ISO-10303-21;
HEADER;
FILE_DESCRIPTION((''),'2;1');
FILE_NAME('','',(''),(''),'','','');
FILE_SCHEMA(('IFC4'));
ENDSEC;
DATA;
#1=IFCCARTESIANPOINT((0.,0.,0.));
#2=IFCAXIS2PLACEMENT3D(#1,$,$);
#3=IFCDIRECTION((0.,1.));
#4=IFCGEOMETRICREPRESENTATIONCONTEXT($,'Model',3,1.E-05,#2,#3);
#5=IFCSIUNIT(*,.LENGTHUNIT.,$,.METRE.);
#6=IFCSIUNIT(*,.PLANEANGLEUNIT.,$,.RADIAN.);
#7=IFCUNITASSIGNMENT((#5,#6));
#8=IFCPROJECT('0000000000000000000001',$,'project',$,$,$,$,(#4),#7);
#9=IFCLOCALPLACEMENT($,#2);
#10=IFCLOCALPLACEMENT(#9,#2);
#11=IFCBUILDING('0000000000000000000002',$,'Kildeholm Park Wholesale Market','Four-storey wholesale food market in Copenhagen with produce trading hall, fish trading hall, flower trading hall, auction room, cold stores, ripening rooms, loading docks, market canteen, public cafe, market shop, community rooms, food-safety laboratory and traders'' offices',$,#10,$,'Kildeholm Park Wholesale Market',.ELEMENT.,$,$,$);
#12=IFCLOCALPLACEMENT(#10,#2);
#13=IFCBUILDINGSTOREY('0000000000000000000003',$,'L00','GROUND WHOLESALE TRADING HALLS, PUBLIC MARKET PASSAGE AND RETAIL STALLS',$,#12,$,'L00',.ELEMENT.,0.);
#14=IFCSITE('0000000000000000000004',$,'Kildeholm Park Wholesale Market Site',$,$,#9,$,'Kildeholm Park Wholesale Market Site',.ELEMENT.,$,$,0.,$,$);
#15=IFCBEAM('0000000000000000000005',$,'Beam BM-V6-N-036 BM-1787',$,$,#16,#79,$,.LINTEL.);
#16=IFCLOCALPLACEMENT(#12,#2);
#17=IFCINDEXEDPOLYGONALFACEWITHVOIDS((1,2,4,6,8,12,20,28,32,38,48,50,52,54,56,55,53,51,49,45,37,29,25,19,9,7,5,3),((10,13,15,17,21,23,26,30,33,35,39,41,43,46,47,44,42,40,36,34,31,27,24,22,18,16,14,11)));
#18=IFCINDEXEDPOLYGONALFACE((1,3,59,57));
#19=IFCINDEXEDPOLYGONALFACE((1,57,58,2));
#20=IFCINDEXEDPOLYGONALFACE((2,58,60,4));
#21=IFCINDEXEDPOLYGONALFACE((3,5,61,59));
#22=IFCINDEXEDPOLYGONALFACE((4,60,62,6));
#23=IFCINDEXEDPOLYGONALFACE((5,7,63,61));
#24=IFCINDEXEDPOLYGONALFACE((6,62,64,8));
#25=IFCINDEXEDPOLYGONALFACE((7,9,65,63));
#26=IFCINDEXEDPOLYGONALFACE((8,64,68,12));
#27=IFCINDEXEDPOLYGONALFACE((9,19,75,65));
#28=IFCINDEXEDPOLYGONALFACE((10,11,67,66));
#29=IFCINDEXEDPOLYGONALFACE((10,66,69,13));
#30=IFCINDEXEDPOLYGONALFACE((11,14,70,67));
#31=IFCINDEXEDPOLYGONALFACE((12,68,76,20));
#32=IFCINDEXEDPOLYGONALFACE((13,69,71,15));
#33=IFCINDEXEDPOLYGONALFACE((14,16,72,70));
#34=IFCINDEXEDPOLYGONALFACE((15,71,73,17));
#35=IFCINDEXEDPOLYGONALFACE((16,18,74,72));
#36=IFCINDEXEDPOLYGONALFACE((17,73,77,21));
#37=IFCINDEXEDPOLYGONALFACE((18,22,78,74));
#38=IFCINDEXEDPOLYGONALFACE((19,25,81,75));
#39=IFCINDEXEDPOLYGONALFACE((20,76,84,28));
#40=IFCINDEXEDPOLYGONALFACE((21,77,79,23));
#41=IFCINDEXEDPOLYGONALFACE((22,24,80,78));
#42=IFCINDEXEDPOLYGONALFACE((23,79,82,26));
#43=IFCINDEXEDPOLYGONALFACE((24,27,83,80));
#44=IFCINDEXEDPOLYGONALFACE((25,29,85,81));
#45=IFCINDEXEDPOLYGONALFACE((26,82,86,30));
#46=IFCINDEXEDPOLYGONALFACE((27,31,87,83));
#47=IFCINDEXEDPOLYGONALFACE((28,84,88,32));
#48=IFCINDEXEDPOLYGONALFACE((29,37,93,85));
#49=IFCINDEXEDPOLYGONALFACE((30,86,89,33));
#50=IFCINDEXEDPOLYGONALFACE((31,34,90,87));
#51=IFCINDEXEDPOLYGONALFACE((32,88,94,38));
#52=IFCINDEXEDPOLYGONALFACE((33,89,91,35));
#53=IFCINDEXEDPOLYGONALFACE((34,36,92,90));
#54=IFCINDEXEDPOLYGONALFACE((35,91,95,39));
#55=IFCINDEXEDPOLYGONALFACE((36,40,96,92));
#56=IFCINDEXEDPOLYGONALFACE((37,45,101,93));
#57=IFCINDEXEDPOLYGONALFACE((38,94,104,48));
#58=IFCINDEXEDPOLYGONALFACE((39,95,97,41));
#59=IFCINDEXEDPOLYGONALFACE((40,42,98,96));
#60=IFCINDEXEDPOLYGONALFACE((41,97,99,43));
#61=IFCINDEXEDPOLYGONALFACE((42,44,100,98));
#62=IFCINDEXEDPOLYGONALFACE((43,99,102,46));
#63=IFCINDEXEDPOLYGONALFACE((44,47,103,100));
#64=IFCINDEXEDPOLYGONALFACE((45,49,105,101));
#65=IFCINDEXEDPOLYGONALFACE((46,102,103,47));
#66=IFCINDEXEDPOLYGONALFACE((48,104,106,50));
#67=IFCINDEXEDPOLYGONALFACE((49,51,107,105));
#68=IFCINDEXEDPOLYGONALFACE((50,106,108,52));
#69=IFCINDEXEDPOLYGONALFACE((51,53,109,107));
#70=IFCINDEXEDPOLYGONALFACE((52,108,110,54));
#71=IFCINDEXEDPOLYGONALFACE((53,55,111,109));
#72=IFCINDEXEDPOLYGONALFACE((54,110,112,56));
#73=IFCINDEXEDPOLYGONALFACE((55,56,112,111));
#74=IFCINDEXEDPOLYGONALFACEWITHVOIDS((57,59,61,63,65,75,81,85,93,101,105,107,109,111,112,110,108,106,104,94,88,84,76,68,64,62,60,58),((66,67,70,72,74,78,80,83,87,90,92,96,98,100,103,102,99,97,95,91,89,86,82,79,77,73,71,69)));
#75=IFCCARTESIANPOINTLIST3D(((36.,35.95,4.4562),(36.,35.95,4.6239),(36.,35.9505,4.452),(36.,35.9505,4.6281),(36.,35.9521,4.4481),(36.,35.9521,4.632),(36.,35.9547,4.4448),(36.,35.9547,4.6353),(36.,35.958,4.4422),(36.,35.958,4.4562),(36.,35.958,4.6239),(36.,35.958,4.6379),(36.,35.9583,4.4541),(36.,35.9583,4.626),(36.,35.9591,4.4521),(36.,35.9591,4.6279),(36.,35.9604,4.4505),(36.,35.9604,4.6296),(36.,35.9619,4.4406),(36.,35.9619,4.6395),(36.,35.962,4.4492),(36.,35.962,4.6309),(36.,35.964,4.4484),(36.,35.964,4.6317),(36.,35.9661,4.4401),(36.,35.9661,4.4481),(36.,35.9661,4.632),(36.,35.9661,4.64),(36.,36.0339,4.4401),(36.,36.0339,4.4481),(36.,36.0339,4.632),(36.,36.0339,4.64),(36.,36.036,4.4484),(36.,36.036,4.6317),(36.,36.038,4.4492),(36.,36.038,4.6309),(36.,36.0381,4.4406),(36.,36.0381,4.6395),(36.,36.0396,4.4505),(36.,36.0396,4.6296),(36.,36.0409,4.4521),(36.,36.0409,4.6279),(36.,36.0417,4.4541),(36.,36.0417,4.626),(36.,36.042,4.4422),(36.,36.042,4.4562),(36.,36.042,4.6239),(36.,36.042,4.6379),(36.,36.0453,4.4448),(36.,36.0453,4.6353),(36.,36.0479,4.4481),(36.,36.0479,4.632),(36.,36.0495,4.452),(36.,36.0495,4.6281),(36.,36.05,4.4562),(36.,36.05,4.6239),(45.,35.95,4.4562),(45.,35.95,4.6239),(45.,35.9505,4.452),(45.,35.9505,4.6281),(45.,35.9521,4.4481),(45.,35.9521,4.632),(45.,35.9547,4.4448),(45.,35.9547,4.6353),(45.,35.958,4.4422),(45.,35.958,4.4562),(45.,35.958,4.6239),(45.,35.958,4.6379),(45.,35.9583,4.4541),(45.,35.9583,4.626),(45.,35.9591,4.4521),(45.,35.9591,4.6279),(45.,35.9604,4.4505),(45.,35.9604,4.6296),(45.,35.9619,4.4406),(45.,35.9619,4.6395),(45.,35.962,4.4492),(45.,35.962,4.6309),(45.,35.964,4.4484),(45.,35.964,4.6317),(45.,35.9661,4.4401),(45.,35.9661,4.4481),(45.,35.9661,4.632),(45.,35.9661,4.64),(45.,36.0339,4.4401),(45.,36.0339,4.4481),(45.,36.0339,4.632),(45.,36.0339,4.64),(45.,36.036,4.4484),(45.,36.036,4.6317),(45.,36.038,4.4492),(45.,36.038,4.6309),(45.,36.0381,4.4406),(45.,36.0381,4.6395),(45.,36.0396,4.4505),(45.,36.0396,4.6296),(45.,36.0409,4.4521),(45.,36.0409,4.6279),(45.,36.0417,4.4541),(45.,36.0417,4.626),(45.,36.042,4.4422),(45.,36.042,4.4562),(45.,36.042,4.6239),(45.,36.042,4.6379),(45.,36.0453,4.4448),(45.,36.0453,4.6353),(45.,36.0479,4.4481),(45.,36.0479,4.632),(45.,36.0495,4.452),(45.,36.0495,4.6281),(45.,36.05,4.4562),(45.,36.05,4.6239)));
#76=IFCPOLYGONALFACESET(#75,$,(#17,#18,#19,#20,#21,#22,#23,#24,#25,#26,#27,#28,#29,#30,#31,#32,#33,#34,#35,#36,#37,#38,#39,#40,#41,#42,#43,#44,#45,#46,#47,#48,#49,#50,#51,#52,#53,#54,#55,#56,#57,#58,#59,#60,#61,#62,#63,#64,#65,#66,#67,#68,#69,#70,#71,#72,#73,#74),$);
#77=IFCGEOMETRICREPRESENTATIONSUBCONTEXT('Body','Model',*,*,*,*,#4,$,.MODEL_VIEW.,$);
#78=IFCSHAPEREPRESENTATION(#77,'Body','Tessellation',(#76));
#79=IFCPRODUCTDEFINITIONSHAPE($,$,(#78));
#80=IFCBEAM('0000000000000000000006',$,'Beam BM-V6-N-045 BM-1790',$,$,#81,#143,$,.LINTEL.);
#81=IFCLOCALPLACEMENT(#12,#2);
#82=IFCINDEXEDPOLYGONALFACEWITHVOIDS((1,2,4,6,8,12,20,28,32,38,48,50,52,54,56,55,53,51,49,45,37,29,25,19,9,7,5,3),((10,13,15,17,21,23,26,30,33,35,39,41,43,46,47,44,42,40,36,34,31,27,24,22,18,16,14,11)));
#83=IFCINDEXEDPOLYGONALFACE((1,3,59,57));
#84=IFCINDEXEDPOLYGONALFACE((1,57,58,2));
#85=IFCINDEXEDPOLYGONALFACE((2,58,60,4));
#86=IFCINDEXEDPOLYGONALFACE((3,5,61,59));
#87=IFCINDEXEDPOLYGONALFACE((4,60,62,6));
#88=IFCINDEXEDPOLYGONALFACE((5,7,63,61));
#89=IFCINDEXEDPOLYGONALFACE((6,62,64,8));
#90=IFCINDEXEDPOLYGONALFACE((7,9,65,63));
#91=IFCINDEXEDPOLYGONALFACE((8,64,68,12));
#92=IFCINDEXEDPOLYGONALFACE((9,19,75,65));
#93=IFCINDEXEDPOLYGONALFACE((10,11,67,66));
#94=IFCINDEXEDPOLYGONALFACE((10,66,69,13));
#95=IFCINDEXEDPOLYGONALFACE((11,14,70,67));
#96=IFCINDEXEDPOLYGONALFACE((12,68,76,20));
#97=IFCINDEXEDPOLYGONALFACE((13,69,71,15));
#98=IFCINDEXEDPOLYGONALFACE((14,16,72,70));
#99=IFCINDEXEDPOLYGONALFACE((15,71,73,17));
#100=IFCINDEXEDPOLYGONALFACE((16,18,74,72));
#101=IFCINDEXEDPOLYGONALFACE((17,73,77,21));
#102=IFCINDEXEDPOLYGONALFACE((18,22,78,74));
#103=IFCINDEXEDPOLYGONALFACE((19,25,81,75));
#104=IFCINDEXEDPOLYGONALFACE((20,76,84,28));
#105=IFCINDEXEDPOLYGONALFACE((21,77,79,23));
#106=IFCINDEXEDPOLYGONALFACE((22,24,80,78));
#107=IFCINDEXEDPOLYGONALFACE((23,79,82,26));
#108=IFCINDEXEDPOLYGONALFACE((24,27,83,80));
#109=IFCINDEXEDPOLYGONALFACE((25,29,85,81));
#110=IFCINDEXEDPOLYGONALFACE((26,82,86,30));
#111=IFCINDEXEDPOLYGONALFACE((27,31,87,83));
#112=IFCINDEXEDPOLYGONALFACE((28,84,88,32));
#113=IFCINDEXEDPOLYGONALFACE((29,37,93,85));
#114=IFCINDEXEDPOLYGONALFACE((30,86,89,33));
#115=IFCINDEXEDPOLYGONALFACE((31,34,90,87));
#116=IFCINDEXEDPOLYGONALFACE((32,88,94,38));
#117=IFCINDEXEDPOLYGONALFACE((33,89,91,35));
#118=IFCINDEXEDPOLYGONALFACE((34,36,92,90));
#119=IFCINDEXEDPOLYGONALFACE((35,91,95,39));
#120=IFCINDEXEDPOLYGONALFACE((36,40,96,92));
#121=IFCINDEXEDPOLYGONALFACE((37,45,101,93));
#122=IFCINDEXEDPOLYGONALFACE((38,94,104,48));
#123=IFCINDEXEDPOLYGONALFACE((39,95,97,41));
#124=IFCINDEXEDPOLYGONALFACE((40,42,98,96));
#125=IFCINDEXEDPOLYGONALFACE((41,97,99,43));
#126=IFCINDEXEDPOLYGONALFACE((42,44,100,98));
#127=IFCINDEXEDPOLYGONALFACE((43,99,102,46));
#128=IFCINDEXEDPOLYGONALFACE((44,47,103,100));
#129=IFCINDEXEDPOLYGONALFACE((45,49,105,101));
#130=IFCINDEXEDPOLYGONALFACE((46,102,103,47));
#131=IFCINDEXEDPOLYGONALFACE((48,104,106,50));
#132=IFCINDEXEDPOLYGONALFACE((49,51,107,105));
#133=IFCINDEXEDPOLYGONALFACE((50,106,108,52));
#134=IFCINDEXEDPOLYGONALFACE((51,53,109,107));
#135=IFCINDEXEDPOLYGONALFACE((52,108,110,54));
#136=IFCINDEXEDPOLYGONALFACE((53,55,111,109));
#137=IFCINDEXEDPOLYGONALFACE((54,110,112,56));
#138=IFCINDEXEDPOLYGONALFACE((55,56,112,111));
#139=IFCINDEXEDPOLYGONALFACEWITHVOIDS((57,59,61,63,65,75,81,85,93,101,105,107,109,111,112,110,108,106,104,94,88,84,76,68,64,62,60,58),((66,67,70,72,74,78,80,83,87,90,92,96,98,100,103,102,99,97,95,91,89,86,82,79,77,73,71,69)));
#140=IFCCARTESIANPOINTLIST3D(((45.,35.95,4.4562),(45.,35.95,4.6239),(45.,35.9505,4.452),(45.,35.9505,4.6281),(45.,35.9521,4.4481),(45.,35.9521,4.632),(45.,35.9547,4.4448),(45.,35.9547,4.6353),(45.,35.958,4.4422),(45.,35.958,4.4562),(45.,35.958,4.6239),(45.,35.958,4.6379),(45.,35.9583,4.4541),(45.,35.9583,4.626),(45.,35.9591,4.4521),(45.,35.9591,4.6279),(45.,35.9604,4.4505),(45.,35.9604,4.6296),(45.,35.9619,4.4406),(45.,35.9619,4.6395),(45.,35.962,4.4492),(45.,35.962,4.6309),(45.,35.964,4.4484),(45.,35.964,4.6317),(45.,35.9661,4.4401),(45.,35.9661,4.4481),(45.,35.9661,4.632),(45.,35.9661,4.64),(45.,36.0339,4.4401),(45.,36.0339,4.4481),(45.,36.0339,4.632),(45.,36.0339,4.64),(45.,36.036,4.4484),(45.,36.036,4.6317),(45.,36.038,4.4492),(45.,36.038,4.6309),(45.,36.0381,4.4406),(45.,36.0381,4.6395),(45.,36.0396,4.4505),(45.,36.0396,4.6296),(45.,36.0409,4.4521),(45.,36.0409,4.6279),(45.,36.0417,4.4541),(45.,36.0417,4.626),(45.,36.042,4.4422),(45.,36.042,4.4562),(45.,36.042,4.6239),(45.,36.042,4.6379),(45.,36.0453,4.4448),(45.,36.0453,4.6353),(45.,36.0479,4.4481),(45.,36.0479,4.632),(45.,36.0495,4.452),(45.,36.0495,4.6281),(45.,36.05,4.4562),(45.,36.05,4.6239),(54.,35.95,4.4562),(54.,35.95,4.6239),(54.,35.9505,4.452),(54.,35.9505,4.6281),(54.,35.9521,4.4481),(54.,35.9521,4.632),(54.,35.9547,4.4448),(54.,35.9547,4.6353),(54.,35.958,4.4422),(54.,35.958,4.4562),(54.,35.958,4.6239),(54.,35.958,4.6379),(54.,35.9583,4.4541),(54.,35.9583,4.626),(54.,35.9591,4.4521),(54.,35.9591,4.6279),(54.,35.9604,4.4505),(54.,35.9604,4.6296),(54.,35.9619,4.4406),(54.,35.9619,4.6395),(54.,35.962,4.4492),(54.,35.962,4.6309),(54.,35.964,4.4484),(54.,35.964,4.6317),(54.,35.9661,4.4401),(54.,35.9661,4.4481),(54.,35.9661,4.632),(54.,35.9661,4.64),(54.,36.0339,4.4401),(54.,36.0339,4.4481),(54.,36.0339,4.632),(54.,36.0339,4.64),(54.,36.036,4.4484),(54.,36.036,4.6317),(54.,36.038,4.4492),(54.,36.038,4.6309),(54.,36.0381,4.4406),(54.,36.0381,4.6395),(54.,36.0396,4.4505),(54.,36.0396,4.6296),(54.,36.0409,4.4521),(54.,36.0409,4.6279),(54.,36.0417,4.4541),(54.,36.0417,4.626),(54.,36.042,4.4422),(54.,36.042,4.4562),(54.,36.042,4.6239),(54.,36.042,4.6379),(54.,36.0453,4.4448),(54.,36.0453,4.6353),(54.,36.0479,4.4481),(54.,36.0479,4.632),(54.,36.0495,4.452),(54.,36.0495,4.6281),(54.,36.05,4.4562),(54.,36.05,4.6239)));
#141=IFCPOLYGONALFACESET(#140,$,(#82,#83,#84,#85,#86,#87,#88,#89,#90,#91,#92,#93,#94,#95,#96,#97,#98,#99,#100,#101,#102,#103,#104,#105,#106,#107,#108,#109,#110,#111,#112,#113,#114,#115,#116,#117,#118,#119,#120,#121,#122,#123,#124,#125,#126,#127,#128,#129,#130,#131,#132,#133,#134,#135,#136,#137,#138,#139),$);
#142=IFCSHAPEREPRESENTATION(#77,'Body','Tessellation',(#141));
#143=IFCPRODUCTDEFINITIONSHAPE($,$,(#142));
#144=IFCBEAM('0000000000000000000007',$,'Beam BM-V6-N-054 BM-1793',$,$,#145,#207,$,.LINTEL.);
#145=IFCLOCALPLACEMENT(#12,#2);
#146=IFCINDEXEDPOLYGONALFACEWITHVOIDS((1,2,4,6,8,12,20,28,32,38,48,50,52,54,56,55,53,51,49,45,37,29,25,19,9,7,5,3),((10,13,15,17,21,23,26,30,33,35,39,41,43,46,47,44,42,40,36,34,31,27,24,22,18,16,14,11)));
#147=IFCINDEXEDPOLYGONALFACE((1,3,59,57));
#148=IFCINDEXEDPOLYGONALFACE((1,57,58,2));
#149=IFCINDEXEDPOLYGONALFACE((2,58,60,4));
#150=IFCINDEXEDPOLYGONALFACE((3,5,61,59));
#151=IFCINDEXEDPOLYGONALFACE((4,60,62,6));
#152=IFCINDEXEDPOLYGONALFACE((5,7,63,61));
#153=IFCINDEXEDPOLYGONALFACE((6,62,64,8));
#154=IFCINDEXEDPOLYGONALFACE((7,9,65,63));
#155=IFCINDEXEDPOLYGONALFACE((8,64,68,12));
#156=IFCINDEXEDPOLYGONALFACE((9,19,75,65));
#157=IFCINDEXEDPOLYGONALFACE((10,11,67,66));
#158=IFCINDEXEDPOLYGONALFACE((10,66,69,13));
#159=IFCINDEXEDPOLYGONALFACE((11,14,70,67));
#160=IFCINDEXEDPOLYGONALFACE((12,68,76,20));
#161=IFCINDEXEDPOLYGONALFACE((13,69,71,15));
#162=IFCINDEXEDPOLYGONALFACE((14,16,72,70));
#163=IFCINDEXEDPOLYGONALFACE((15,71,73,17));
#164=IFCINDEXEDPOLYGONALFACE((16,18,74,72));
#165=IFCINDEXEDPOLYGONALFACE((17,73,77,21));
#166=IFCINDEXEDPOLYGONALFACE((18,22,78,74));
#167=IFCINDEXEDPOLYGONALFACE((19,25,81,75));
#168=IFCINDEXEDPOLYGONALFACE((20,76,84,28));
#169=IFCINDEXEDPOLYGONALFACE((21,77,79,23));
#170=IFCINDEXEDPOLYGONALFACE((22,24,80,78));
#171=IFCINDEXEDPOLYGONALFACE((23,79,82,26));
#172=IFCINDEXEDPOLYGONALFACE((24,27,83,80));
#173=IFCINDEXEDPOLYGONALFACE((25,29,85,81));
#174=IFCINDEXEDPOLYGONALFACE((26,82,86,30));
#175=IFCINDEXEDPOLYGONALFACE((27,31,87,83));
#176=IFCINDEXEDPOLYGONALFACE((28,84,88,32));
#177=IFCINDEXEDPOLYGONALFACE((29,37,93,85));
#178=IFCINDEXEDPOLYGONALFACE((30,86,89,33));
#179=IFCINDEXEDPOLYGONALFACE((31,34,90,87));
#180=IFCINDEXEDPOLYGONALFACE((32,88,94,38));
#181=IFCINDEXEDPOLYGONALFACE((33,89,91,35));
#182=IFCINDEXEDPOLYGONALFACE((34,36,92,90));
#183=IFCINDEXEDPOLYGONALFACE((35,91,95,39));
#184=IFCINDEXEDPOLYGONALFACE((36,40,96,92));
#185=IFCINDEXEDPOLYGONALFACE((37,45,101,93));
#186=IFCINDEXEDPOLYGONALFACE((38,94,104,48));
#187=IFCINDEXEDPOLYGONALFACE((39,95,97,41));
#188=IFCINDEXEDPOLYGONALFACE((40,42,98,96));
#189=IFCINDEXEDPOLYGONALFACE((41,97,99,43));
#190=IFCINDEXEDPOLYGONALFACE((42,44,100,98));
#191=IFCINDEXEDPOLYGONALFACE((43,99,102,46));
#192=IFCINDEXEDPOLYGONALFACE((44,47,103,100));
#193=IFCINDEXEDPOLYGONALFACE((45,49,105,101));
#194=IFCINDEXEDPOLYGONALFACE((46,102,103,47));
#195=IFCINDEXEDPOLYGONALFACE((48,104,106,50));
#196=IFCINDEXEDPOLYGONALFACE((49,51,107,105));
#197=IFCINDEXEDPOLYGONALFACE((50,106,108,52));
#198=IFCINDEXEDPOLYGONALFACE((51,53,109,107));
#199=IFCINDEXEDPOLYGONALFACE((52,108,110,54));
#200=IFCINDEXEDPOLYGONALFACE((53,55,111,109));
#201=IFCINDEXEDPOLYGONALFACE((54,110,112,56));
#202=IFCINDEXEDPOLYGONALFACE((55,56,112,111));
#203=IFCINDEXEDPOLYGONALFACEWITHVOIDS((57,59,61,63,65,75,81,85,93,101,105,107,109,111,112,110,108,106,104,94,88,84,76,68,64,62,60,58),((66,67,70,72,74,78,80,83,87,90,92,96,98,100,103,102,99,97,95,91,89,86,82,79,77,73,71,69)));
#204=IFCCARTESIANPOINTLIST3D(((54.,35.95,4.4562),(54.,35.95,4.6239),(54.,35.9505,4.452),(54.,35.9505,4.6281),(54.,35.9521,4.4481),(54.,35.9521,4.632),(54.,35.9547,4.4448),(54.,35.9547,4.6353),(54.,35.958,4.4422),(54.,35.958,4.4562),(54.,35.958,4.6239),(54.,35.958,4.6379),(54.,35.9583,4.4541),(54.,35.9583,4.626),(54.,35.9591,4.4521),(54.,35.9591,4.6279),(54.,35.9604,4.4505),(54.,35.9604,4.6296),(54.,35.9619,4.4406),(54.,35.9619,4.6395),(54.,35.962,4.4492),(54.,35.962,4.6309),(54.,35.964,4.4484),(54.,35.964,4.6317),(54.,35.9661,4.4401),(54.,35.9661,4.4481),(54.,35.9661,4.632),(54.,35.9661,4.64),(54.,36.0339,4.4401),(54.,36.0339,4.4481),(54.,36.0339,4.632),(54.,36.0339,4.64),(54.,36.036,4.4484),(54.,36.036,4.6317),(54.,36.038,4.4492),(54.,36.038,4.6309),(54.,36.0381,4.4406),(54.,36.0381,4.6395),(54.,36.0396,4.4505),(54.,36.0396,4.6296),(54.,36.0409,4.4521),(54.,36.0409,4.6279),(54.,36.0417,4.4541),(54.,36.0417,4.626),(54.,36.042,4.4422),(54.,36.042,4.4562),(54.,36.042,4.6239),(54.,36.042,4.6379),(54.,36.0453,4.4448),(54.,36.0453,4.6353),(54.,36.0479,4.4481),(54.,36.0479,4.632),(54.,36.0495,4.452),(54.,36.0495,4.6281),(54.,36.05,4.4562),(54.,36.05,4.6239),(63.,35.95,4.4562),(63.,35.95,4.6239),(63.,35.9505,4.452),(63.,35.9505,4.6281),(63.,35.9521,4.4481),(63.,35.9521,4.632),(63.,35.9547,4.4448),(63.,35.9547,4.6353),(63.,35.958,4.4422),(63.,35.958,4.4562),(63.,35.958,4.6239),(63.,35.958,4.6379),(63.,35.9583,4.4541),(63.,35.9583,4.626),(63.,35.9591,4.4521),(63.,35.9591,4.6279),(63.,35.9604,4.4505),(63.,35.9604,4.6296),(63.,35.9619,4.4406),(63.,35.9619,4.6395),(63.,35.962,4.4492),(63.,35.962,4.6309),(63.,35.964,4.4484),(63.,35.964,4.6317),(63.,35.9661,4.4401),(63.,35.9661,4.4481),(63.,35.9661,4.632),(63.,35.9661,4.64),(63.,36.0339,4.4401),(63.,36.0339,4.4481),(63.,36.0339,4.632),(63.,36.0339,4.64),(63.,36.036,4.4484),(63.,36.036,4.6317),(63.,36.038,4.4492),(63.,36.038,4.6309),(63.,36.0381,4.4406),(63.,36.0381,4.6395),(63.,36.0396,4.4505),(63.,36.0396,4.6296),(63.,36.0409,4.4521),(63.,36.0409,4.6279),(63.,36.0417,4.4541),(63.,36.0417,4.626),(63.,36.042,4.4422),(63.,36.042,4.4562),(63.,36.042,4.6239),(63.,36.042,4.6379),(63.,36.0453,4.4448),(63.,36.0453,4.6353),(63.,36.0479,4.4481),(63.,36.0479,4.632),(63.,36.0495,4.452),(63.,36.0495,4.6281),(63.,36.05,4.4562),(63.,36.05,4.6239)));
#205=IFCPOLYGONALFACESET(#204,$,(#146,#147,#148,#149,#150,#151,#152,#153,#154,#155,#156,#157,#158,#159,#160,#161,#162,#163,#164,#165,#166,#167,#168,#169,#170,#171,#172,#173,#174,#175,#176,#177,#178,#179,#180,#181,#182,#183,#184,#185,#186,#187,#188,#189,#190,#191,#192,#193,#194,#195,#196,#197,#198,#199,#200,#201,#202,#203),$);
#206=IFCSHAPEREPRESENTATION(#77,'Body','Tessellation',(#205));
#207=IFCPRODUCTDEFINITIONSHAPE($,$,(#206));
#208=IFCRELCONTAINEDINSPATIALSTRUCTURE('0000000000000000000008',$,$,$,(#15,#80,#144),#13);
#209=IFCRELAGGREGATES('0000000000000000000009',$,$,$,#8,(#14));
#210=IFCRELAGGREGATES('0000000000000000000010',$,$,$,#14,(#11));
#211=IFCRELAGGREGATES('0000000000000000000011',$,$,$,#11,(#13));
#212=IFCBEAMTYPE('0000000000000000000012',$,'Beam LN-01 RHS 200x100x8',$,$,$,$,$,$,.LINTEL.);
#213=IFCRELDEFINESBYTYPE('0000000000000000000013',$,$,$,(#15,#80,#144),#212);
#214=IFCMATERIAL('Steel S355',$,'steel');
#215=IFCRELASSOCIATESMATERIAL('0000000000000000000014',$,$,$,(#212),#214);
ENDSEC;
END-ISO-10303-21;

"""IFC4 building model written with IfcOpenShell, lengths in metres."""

from ifc_helpers import new_model, si_unit, direction, frame, origin, origin_2d, place, context, subcontext, project, spatial, hollow_rectangle, extrude, material, material_profile, profile_set, type_object, element, save


model = new_model("IFC4")

# Units and contexts
model_context = context("Model", 3, precision=1e-05, world=origin(), true_north=direction((0.0, 1.0)))
body_context = subcontext(model_context, "Body", "Model", "MODEL_VIEW")
ifc_project = project(units=[si_unit("LENGTHUNIT", "METRE"), si_unit("PLANEANGLEUNIT", "RADIAN")], contexts=[model_context])

# Site, building, storey
site_placement = place(None, origin())
site = spatial("IfcSite", under=ifc_project, at=site_placement, Name="Kildeholm Park Wholesale Market Site", LongName="Kildeholm Park Wholesale Market Site", CompositionType="ELEMENT", RefElevation=0.0)
building_placement = place(site_placement, origin())
building = spatial("IfcBuilding", under=site, at=building_placement, Name="Kildeholm Park Wholesale Market", Description="Four-storey wholesale food market in Copenhagen with produce trading hall, fish trading hall, flower trading hall, auction room, cold stores, ripening rooms, loading docks, market canteen, public cafe, market shop, community rooms, food-safety laboratory and traders' offices", LongName="Kildeholm Park Wholesale Market", CompositionType="ELEMENT")
storey_placement = place(building_placement, origin())
storey = spatial("IfcBuildingStorey", under=building, at=storey_placement, Name="L00", Description="GROUND WHOLESALE TRADING HALLS, PUBLIC MARKET PASSAGE AND RETAIL STALLS", LongName="L00", CompositionType="ELEMENT", Elevation=0.0)

# Shared definitions
ifc_material_1 = material(Name="Steel S355", Category="steel")

# Beams
ifc_material_profile_1 = material_profile(ifc_material_1, hollow_rectangle(XDim=0.1001, YDim=0.2, WallThickness=0.0081, InnerFilletRadius=0.0081, OuterFilletRadius=0.0161, at=origin_2d()), Name="RHS 200x100x8")
ifc_profile_set_1 = profile_set([ifc_material_profile_1], Name="Steel S355")
beam_type = type_object("IfcBeamType", Name="Beam LN-01 RHS 200x100x8", PredefinedType="LINTEL", material=ifc_profile_set_1)
for number, where, z_axis, x_axis, name in (
    (1, (36.0, 36.0, 4.54), (1.0, 0.0, 0.0), (0.0, 1.0, 0.0), "Beam BM-V6-N-036 BM-1787"),
    (2, (45.0, 36.0, 4.54), (1.0, 0.0, 0.0), (0.0, 1.0, 0.0), "Beam BM-V6-N-045 BM-1790"),
    (3, (54.0, 36.0, 4.54), (1.0, 0.0, 0.0), (0.0, 1.0, 0.0), "Beam BM-V6-N-054 BM-1793"),
):
    element("IfcBeam", number, at=place(storey_placement, frame(where, z_axis=z_axis, x_axis=x_axis)), inside=storey, type_object=beam_type, Name=name, PredefinedType="LINTEL", context=body_context, shape_type="SweptSolid", body=[
        extrude(hollow_rectangle(XDim=0.1001, YDim=0.2, WallThickness=0.0081, InnerFilletRadius=0.0081, OuterFilletRadius=0.0161, at=origin_2d()), origin(), (0.0, 0.0, 1.0), 9.0),
    ])

save(model, "model.ifc")
